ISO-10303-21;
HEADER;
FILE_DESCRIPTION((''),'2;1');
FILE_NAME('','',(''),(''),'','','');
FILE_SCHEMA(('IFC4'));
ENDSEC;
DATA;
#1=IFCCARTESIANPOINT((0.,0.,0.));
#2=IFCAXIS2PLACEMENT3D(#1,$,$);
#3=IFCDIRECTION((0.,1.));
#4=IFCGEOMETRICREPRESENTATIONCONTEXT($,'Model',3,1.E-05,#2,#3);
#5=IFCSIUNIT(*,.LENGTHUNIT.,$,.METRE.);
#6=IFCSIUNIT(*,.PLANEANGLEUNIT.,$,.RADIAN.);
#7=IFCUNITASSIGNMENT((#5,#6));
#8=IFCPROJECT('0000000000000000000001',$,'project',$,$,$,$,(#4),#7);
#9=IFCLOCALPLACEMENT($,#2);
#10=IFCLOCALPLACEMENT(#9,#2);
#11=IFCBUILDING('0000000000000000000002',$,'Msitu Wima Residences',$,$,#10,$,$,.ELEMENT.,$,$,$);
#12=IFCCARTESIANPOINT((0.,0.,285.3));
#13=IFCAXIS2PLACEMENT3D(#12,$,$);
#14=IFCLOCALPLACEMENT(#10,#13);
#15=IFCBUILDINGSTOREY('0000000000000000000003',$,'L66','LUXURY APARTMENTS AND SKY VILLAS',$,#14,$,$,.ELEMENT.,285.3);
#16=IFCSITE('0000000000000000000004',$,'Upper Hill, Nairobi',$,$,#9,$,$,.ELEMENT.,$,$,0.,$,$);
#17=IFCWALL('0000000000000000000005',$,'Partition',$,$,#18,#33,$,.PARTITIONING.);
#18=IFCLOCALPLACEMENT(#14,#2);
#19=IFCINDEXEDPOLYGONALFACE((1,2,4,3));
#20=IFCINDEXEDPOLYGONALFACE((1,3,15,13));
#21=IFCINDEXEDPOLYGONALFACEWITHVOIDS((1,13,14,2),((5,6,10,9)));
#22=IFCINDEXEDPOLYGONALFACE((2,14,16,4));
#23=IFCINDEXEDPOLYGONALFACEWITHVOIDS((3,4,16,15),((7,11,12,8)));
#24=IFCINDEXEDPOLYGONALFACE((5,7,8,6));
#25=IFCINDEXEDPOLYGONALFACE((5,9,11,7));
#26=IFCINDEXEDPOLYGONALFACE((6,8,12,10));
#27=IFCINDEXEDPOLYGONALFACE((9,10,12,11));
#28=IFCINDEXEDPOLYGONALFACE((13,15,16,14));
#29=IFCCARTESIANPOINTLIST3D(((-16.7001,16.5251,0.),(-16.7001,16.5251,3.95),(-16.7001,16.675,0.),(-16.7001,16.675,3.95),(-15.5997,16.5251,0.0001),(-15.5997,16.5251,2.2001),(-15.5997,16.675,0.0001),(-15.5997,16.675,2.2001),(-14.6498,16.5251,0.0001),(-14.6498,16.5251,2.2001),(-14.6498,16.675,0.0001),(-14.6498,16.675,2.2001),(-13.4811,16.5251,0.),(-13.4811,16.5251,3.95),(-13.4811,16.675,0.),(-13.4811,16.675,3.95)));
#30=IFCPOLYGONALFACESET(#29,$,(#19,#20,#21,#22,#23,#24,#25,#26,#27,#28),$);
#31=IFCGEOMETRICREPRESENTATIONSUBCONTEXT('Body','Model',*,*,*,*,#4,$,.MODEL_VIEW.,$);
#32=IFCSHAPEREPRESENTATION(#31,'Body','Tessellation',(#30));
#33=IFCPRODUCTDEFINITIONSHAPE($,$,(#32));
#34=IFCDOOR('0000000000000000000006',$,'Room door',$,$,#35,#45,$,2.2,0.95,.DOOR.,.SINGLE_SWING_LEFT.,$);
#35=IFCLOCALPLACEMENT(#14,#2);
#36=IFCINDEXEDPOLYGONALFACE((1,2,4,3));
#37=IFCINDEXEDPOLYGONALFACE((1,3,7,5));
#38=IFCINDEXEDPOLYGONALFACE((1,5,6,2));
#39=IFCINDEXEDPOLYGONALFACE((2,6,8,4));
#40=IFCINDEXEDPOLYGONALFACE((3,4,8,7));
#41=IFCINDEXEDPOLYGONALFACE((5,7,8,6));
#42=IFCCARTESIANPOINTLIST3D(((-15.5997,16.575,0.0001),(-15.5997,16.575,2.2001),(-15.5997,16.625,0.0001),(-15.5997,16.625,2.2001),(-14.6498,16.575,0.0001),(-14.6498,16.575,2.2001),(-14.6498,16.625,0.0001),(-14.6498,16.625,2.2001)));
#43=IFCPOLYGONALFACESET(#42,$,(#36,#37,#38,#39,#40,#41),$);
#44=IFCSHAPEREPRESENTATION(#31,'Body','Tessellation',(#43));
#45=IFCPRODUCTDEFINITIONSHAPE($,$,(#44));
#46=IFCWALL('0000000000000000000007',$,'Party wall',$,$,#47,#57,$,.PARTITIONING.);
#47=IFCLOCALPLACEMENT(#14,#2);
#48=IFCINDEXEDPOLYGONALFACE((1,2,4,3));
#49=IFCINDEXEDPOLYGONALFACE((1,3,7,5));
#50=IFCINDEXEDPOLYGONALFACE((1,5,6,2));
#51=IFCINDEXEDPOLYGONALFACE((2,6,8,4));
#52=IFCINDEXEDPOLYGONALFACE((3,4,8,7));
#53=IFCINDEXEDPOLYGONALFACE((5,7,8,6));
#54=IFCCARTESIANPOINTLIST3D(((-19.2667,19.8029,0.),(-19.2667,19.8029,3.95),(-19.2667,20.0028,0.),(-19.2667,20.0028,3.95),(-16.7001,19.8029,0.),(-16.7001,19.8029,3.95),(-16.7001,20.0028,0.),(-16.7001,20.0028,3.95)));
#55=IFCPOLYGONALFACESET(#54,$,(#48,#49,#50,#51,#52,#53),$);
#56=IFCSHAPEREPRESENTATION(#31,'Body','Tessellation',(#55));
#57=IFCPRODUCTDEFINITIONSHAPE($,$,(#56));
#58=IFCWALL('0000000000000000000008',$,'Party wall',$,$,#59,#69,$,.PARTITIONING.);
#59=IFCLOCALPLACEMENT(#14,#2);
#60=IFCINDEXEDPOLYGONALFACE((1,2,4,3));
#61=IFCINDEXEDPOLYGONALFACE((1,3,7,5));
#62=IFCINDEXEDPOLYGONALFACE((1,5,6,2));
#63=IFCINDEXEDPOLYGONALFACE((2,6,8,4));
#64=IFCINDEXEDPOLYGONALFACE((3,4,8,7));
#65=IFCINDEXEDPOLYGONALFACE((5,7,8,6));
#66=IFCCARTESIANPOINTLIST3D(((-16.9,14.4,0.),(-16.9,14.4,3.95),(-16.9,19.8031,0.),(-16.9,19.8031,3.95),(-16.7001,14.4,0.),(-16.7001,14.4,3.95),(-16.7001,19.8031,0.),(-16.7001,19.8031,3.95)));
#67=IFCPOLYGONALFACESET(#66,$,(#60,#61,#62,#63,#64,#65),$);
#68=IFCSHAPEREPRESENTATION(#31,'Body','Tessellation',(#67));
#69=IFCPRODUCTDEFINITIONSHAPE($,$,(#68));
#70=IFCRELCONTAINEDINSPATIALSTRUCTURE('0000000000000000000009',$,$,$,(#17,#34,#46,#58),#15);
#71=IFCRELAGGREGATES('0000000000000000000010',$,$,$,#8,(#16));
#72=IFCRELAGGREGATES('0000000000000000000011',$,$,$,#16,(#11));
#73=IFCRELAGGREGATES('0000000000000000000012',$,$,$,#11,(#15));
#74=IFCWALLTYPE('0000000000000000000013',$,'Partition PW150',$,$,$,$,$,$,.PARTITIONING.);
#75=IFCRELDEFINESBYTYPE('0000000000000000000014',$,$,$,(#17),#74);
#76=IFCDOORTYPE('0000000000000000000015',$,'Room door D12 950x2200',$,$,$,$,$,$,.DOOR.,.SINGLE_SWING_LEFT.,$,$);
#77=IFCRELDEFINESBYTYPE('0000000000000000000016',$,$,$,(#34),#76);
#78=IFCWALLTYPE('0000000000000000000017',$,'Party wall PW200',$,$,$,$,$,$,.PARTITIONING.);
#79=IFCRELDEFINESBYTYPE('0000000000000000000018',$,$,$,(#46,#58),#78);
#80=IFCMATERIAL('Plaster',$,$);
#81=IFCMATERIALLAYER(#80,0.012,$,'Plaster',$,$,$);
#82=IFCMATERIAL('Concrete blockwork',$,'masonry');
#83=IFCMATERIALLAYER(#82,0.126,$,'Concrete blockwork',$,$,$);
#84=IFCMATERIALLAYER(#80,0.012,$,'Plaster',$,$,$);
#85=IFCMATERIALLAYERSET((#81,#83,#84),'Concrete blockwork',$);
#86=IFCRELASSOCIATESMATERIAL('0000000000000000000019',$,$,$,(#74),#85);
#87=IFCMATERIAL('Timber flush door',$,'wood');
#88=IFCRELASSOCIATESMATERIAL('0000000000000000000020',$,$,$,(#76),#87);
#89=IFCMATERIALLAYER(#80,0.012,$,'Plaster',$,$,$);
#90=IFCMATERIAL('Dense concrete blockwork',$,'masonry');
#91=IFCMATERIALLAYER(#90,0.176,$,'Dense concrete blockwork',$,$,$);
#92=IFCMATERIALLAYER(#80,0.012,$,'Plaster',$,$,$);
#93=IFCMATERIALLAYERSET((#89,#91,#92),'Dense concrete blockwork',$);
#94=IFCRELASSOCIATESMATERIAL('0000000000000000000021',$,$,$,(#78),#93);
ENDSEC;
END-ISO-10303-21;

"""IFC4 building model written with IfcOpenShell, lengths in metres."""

from ifc_helpers import new_model, si_unit, direction, frame, frame_2d, origin, place, context, subcontext, project, spatial, rectangle, extrude, material, layer, layer_set, type_object, element, fill, save


model = new_model("IFC4")

# Units and contexts
model_context = context("Model", 3, precision=1e-05, world=origin(), true_north=direction((0.0, 1.0)))
body_context = subcontext(model_context, "Body", "Model", "MODEL_VIEW")
ifc_project = project(units=[si_unit("LENGTHUNIT", "METRE"), si_unit("PLANEANGLEUNIT", "RADIAN")], contexts=[model_context])

# Site, building, storey
site_placement = place(None, origin())
site = spatial("IfcSite", under=ifc_project, at=site_placement, Name="Upper Hill, Nairobi", CompositionType="ELEMENT", RefElevation=0.0)
building_placement = place(site_placement, origin())
building = spatial("IfcBuilding", under=site, at=building_placement, Name="Msitu Wima Residences", CompositionType="ELEMENT")
storey_placement = place(building_placement, frame((0.0, 0.0, 285.3)))
storey = spatial("IfcBuildingStorey", under=building, at=storey_placement, Name="L66", Description="LUXURY APARTMENTS AND SKY VILLAS", CompositionType="ELEMENT", Elevation=285.3)

# Shared definitions
ifc_material_1 = material(Name="Plaster")
ifc_material_2 = material(Name="Concrete blockwork", Category="masonry")

# Shared definitions
ifc_layer_1 = layer(ifc_material_1, 0.012, Name="Plaster")
ifc_layer_2 = layer(ifc_material_2, 0.126, Name="Concrete blockwork")
ifc_layer_3 = layer(ifc_material_1, 0.012, Name="Plaster")
ifc_layer_set_1 = layer_set([ifc_layer_1, ifc_layer_2, ifc_layer_3], Name="Concrete blockwork")
wall_type_1 = type_object("IfcWallType", Name="Partition PW150", PredefinedType="PARTITIONING", material=ifc_layer_set_1)

# Wall, opening, door
wall_1_placement = place(storey_placement, frame((-16.7, 16.6001, 0.0), z_axis=(0.0, 0.0, 1.0), x_axis=(1.0, 0.0, 0.0)))
wall_1 = element("IfcWall", 1, at=wall_1_placement, inside=storey, type_object=wall_type_1, Name="Partition", PredefinedType="PARTITIONING", context=body_context, shape_type="SweptSolid", body=[
    extrude(rectangle(XDim=3.219, YDim=0.1499, at=frame_2d((1.6094, 0.0))), origin(), (0.0, 0.0, 1.0), 3.95),
])
opening_1_placement = place(wall_1_placement, frame((1.1001, 0.0, 0.0)))
opening_1 = element("IfcOpeningElement", 2, at=opening_1_placement, cuts=wall_1, PredefinedType="OPENING", context=body_context, shape_type="SweptSolid", body=[
    extrude(rectangle(XDim=0.95, YDim=2.2, at=frame_2d((0.4751, 1.1001))), frame((0.0, 0.085, 0.0), z_axis=(0.0, -1.0, 0.0), x_axis=(1.0, 0.0, 0.0)), (0.0, 0.0, 1.0), 0.1699),
])
ifc_material_3 = material(Name="Timber flush door", Category="wood")
door_type_1 = type_object("IfcDoorType", Name="Room door D12 950x2200", OperationType="SINGLE_SWING_LEFT", PredefinedType="DOOR", material=ifc_material_3)
door_1_placement = place(opening_1_placement, origin())
door_1 = element("IfcDoor", 3, at=door_1_placement, inside=storey, type_object=door_type_1, Name="Room door", OperationType="SINGLE_SWING_LEFT", OverallHeight=2.2, OverallWidth=0.95, PredefinedType="DOOR", context=body_context, shape_type="SweptSolid", body=[
    extrude(rectangle(XDim=0.95, YDim=2.2, at=frame_2d((0.4751, 1.1001))), frame((0.0, 0.0249, 0.0), z_axis=(0.0, -1.0, 0.0), x_axis=(1.0, 0.0, 0.0)), (0.0, 0.0, 1.0), 0.05),
])
fill(opening_1, door_1)

# Walls
ifc_layer_4 = layer(ifc_material_1, 0.012, Name="Plaster")
ifc_material_4 = material(Name="Dense concrete blockwork", Category="masonry")
ifc_layer_5 = layer(ifc_material_4, 0.176, Name="Dense concrete blockwork")
ifc_layer_6 = layer(ifc_material_1, 0.012, Name="Plaster")
ifc_layer_set_2 = layer_set([ifc_layer_4, ifc_layer_5, ifc_layer_6], Name="Dense concrete blockwork")
wall_type_2 = type_object("IfcWallType", Name="Party wall PW200", PredefinedType="PARTITIONING", material=ifc_layer_set_2)
wall_2_placement = place(storey_placement, frame((-19.2666, 19.9028, 0.0), z_axis=(0.0, 0.0, 1.0), x_axis=(1.0, 0.0, 0.0)))
element("IfcWall", 4, at=wall_2_placement, inside=storey, type_object=wall_type_2, Name="Party wall", PredefinedType="PARTITIONING", context=body_context, shape_type="SweptSolid", body=[
    extrude(rectangle(XDim=2.5667, YDim=0.2, at=frame_2d((1.2832, 0.0))), origin(), (0.0, 0.0, 1.0), 3.95),
])
wall_3_placement = place(storey_placement, frame((-16.8, 14.3999, 0.0), z_axis=(0.0, 0.0, 1.0), x_axis=(0.0, 1.0, 0.0)))
element("IfcWall", 5, at=wall_3_placement, inside=storey, type_object=wall_type_2, Name="Party wall", PredefinedType="PARTITIONING", context=body_context, shape_type="SweptSolid", body=[
    extrude(rectangle(XDim=5.4031, YDim=0.2, at=frame_2d((2.7017, 0.0))), origin(), (0.0, 0.0, 1.0), 3.95),
])

save(model, "model.ifc")
